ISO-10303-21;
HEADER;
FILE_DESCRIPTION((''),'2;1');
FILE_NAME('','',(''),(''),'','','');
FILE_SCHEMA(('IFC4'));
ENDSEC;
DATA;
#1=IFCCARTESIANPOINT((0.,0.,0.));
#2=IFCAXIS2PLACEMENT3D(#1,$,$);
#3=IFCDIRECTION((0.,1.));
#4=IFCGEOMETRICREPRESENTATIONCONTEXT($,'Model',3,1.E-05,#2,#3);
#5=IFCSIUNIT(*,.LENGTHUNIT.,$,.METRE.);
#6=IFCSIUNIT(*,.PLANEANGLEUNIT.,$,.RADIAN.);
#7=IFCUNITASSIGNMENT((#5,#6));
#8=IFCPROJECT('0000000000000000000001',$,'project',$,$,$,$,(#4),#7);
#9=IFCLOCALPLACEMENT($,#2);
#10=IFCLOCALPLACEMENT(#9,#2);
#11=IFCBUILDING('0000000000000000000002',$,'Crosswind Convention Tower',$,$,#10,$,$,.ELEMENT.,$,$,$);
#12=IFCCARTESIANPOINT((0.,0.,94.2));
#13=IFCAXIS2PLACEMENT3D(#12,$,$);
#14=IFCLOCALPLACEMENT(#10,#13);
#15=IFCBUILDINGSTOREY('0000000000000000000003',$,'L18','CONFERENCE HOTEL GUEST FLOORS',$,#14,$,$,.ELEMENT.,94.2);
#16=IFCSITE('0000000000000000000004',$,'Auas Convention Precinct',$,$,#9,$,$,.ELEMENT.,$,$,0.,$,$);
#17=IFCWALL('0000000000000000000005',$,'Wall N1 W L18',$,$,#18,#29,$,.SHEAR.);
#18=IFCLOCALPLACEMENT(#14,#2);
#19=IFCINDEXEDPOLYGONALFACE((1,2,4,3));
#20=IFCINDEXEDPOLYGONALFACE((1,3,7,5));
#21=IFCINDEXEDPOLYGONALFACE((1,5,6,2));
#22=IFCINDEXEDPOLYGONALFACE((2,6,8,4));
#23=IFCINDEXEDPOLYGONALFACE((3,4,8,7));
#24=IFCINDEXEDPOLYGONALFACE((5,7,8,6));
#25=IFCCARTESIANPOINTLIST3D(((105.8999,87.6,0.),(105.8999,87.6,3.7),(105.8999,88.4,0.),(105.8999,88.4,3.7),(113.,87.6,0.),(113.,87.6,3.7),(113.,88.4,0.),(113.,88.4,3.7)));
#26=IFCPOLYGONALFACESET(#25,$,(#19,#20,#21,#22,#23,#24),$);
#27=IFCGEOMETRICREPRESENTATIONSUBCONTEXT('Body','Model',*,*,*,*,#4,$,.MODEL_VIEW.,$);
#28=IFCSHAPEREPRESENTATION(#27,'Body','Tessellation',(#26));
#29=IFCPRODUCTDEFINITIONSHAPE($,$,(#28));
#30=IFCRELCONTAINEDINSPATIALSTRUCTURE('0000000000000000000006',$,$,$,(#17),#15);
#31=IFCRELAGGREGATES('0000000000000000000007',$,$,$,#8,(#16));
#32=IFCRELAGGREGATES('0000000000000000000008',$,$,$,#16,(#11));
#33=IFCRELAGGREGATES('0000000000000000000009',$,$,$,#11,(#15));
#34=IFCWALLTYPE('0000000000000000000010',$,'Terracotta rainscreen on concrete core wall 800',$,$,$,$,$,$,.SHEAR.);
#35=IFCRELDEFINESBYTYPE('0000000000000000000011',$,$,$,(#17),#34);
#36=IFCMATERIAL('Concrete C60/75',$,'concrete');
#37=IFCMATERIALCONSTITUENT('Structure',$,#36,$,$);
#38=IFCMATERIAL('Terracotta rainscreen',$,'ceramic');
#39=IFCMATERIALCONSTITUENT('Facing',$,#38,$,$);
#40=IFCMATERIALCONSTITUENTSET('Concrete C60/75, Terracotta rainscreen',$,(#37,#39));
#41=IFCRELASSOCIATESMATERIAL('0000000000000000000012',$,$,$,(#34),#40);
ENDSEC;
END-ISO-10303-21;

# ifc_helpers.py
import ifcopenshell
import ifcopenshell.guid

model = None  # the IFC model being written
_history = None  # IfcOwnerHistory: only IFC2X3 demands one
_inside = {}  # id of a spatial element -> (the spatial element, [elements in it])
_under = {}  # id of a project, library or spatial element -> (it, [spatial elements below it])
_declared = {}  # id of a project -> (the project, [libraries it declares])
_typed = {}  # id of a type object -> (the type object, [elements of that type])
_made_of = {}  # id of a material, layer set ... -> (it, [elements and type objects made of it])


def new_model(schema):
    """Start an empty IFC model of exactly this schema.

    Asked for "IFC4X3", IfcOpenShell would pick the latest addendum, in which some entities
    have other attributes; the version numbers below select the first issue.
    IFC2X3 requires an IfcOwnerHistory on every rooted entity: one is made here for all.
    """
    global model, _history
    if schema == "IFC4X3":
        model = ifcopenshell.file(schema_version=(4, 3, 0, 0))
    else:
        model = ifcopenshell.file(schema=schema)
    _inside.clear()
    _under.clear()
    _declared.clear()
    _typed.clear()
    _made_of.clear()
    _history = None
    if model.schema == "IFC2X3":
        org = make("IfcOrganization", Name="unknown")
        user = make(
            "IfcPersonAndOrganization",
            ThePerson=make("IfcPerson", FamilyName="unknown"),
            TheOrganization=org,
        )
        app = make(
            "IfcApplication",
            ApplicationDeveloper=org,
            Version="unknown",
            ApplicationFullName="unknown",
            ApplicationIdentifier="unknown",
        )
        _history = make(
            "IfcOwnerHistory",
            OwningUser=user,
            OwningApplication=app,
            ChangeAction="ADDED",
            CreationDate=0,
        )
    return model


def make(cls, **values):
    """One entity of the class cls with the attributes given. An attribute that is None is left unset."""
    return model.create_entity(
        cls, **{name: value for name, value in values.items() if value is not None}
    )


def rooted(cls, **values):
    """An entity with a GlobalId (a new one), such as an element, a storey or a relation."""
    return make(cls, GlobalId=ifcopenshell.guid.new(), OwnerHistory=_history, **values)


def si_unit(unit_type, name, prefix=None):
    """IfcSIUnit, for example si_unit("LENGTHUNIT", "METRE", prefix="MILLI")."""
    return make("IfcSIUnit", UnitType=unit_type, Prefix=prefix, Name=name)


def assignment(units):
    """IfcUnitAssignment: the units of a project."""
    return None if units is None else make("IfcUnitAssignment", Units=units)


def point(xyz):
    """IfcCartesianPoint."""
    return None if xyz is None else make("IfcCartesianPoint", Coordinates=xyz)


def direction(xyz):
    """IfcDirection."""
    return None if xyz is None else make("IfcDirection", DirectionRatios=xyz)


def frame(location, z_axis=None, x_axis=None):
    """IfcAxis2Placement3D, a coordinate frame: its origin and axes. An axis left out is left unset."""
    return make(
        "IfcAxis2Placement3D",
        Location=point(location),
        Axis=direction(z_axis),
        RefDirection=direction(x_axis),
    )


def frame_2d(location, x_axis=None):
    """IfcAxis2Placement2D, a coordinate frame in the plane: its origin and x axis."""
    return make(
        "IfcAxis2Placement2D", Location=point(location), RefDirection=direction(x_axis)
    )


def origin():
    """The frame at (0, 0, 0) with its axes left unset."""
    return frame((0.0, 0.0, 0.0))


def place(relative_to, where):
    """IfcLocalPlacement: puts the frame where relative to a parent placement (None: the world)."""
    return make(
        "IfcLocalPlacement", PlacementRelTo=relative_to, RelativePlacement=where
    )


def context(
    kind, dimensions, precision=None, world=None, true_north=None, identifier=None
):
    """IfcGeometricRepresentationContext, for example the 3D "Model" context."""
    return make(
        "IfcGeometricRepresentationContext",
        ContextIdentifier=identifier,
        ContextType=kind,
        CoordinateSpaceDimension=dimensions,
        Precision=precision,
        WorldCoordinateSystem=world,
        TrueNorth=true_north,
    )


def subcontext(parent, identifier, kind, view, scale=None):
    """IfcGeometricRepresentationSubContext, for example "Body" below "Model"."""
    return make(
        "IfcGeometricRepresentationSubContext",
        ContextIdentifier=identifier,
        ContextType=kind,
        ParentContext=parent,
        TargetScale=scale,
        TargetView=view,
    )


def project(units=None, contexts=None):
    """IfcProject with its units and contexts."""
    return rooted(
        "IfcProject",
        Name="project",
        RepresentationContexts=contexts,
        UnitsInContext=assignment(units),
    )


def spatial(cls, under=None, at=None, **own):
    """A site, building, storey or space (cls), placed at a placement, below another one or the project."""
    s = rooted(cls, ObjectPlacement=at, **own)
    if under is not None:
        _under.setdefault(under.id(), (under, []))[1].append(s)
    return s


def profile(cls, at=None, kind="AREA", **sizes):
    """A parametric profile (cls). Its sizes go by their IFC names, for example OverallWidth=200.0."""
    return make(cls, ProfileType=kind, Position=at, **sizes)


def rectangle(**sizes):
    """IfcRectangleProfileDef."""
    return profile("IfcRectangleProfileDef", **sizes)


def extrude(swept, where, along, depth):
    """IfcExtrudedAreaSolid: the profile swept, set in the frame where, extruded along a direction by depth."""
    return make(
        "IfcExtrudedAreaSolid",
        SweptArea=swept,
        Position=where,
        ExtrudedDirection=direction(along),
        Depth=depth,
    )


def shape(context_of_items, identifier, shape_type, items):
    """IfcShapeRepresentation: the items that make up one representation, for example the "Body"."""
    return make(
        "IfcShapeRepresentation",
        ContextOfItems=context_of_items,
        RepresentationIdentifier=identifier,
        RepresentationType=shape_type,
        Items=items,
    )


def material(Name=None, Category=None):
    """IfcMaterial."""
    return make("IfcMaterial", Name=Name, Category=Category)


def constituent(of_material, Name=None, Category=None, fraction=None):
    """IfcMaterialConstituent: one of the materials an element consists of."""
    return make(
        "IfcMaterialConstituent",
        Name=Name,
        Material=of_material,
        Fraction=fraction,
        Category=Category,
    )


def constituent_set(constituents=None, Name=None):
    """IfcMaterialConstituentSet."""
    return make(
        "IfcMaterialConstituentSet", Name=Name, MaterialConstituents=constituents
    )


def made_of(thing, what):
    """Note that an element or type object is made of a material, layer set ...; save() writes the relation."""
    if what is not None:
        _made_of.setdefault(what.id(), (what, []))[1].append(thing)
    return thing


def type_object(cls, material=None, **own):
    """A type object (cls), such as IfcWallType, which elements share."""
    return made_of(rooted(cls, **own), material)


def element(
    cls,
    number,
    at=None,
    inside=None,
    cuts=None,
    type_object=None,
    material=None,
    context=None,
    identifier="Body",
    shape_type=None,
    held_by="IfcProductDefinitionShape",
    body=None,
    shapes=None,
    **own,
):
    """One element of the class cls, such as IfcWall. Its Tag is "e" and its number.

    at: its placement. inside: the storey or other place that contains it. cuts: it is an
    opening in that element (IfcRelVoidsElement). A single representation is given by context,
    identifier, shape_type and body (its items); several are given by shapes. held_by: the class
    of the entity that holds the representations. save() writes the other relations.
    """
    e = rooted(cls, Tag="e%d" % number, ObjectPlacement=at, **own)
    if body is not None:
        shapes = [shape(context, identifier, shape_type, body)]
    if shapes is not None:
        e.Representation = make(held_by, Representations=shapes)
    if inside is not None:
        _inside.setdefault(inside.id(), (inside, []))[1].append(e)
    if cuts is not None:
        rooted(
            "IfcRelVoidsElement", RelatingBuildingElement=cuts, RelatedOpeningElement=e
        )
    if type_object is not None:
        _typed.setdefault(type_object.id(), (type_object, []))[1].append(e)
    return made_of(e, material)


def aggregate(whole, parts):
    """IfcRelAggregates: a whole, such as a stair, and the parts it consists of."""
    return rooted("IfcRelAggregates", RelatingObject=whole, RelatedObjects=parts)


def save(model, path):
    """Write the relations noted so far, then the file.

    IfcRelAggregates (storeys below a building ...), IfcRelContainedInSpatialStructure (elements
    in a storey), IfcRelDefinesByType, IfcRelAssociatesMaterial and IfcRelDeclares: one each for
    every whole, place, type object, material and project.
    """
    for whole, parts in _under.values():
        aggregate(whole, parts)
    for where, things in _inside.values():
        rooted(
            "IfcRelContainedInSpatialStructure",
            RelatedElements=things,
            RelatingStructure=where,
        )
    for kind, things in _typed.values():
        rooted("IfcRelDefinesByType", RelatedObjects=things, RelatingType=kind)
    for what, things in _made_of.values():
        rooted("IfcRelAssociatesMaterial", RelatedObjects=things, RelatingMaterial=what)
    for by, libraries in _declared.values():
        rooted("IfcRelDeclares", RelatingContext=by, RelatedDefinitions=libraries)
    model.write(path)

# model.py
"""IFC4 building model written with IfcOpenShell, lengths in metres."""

from ifc_helpers import new_model, si_unit, direction, frame, frame_2d, origin, place, context, subcontext, project, spatial, rectangle, extrude, material, constituent, constituent_set, type_object, element, save


model = new_model("IFC4")

# Units and contexts
model_context = context("Model", 3, precision=1e-05, world=origin(), true_north=direction((0.0, 1.0)))
body_context = subcontext(model_context, "Body", "Model", "MODEL_VIEW")
ifc_project = project(units=[si_unit("LENGTHUNIT", "METRE"), si_unit("PLANEANGLEUNIT", "RADIAN")], contexts=[model_context])

# Site, building, storey
site_placement = place(None, origin())
site = spatial("IfcSite", under=ifc_project, at=site_placement, Name="Auas Convention Precinct", CompositionType="ELEMENT", RefElevation=0.0)
building_placement = place(site_placement, origin())
building = spatial("IfcBuilding", under=site, at=building_placement, Name="Crosswind Convention Tower", CompositionType="ELEMENT")
storey_placement = place(building_placement, frame((0.0, 0.0, 94.2)))
storey = spatial("IfcBuildingStorey", under=building, at=storey_placement, Name="L18", Description="CONFERENCE HOTEL GUEST FLOORS", CompositionType="ELEMENT", Elevation=94.2)

# Wall
ifc_material_1 = material(Name="Concrete C60/75", Category="concrete")
ifc_constituent_1 = constituent(ifc_material_1, Name="Structure")
ifc_material_2 = material(Name="Terracotta rainscreen", Category="ceramic")
ifc_constituent_2 = constituent(ifc_material_2, Name="Facing")
ifc_constituent_set = constituent_set(constituents=[ifc_constituent_1, ifc_constituent_2], Name="Concrete C60/75, Terracotta rainscreen")
wall_type_1 = type_object("IfcWallType", Name="Terracotta rainscreen on concrete core wall 800", PredefinedType="SHEAR", material=ifc_constituent_set)
wall_1_placement = place(storey_placement, frame((113.0, 88.0, 0.0), z_axis=(0.0, 0.0, 1.0), x_axis=(-1.0, 0.0, 0.0)))
element("IfcWall", 1, at=wall_1_placement, inside=storey, type_object=wall_type_1, Name="Wall N1 W L18", PredefinedType="SHEAR", context=body_context, shape_type="SweptSolid", body=[
    extrude(rectangle(XDim=7.1001, YDim=0.8, at=frame_2d((3.55, 0.0))), origin(), (0.0, 0.0, 1.0), 3.7),
])

save(model, "model.ifc")
